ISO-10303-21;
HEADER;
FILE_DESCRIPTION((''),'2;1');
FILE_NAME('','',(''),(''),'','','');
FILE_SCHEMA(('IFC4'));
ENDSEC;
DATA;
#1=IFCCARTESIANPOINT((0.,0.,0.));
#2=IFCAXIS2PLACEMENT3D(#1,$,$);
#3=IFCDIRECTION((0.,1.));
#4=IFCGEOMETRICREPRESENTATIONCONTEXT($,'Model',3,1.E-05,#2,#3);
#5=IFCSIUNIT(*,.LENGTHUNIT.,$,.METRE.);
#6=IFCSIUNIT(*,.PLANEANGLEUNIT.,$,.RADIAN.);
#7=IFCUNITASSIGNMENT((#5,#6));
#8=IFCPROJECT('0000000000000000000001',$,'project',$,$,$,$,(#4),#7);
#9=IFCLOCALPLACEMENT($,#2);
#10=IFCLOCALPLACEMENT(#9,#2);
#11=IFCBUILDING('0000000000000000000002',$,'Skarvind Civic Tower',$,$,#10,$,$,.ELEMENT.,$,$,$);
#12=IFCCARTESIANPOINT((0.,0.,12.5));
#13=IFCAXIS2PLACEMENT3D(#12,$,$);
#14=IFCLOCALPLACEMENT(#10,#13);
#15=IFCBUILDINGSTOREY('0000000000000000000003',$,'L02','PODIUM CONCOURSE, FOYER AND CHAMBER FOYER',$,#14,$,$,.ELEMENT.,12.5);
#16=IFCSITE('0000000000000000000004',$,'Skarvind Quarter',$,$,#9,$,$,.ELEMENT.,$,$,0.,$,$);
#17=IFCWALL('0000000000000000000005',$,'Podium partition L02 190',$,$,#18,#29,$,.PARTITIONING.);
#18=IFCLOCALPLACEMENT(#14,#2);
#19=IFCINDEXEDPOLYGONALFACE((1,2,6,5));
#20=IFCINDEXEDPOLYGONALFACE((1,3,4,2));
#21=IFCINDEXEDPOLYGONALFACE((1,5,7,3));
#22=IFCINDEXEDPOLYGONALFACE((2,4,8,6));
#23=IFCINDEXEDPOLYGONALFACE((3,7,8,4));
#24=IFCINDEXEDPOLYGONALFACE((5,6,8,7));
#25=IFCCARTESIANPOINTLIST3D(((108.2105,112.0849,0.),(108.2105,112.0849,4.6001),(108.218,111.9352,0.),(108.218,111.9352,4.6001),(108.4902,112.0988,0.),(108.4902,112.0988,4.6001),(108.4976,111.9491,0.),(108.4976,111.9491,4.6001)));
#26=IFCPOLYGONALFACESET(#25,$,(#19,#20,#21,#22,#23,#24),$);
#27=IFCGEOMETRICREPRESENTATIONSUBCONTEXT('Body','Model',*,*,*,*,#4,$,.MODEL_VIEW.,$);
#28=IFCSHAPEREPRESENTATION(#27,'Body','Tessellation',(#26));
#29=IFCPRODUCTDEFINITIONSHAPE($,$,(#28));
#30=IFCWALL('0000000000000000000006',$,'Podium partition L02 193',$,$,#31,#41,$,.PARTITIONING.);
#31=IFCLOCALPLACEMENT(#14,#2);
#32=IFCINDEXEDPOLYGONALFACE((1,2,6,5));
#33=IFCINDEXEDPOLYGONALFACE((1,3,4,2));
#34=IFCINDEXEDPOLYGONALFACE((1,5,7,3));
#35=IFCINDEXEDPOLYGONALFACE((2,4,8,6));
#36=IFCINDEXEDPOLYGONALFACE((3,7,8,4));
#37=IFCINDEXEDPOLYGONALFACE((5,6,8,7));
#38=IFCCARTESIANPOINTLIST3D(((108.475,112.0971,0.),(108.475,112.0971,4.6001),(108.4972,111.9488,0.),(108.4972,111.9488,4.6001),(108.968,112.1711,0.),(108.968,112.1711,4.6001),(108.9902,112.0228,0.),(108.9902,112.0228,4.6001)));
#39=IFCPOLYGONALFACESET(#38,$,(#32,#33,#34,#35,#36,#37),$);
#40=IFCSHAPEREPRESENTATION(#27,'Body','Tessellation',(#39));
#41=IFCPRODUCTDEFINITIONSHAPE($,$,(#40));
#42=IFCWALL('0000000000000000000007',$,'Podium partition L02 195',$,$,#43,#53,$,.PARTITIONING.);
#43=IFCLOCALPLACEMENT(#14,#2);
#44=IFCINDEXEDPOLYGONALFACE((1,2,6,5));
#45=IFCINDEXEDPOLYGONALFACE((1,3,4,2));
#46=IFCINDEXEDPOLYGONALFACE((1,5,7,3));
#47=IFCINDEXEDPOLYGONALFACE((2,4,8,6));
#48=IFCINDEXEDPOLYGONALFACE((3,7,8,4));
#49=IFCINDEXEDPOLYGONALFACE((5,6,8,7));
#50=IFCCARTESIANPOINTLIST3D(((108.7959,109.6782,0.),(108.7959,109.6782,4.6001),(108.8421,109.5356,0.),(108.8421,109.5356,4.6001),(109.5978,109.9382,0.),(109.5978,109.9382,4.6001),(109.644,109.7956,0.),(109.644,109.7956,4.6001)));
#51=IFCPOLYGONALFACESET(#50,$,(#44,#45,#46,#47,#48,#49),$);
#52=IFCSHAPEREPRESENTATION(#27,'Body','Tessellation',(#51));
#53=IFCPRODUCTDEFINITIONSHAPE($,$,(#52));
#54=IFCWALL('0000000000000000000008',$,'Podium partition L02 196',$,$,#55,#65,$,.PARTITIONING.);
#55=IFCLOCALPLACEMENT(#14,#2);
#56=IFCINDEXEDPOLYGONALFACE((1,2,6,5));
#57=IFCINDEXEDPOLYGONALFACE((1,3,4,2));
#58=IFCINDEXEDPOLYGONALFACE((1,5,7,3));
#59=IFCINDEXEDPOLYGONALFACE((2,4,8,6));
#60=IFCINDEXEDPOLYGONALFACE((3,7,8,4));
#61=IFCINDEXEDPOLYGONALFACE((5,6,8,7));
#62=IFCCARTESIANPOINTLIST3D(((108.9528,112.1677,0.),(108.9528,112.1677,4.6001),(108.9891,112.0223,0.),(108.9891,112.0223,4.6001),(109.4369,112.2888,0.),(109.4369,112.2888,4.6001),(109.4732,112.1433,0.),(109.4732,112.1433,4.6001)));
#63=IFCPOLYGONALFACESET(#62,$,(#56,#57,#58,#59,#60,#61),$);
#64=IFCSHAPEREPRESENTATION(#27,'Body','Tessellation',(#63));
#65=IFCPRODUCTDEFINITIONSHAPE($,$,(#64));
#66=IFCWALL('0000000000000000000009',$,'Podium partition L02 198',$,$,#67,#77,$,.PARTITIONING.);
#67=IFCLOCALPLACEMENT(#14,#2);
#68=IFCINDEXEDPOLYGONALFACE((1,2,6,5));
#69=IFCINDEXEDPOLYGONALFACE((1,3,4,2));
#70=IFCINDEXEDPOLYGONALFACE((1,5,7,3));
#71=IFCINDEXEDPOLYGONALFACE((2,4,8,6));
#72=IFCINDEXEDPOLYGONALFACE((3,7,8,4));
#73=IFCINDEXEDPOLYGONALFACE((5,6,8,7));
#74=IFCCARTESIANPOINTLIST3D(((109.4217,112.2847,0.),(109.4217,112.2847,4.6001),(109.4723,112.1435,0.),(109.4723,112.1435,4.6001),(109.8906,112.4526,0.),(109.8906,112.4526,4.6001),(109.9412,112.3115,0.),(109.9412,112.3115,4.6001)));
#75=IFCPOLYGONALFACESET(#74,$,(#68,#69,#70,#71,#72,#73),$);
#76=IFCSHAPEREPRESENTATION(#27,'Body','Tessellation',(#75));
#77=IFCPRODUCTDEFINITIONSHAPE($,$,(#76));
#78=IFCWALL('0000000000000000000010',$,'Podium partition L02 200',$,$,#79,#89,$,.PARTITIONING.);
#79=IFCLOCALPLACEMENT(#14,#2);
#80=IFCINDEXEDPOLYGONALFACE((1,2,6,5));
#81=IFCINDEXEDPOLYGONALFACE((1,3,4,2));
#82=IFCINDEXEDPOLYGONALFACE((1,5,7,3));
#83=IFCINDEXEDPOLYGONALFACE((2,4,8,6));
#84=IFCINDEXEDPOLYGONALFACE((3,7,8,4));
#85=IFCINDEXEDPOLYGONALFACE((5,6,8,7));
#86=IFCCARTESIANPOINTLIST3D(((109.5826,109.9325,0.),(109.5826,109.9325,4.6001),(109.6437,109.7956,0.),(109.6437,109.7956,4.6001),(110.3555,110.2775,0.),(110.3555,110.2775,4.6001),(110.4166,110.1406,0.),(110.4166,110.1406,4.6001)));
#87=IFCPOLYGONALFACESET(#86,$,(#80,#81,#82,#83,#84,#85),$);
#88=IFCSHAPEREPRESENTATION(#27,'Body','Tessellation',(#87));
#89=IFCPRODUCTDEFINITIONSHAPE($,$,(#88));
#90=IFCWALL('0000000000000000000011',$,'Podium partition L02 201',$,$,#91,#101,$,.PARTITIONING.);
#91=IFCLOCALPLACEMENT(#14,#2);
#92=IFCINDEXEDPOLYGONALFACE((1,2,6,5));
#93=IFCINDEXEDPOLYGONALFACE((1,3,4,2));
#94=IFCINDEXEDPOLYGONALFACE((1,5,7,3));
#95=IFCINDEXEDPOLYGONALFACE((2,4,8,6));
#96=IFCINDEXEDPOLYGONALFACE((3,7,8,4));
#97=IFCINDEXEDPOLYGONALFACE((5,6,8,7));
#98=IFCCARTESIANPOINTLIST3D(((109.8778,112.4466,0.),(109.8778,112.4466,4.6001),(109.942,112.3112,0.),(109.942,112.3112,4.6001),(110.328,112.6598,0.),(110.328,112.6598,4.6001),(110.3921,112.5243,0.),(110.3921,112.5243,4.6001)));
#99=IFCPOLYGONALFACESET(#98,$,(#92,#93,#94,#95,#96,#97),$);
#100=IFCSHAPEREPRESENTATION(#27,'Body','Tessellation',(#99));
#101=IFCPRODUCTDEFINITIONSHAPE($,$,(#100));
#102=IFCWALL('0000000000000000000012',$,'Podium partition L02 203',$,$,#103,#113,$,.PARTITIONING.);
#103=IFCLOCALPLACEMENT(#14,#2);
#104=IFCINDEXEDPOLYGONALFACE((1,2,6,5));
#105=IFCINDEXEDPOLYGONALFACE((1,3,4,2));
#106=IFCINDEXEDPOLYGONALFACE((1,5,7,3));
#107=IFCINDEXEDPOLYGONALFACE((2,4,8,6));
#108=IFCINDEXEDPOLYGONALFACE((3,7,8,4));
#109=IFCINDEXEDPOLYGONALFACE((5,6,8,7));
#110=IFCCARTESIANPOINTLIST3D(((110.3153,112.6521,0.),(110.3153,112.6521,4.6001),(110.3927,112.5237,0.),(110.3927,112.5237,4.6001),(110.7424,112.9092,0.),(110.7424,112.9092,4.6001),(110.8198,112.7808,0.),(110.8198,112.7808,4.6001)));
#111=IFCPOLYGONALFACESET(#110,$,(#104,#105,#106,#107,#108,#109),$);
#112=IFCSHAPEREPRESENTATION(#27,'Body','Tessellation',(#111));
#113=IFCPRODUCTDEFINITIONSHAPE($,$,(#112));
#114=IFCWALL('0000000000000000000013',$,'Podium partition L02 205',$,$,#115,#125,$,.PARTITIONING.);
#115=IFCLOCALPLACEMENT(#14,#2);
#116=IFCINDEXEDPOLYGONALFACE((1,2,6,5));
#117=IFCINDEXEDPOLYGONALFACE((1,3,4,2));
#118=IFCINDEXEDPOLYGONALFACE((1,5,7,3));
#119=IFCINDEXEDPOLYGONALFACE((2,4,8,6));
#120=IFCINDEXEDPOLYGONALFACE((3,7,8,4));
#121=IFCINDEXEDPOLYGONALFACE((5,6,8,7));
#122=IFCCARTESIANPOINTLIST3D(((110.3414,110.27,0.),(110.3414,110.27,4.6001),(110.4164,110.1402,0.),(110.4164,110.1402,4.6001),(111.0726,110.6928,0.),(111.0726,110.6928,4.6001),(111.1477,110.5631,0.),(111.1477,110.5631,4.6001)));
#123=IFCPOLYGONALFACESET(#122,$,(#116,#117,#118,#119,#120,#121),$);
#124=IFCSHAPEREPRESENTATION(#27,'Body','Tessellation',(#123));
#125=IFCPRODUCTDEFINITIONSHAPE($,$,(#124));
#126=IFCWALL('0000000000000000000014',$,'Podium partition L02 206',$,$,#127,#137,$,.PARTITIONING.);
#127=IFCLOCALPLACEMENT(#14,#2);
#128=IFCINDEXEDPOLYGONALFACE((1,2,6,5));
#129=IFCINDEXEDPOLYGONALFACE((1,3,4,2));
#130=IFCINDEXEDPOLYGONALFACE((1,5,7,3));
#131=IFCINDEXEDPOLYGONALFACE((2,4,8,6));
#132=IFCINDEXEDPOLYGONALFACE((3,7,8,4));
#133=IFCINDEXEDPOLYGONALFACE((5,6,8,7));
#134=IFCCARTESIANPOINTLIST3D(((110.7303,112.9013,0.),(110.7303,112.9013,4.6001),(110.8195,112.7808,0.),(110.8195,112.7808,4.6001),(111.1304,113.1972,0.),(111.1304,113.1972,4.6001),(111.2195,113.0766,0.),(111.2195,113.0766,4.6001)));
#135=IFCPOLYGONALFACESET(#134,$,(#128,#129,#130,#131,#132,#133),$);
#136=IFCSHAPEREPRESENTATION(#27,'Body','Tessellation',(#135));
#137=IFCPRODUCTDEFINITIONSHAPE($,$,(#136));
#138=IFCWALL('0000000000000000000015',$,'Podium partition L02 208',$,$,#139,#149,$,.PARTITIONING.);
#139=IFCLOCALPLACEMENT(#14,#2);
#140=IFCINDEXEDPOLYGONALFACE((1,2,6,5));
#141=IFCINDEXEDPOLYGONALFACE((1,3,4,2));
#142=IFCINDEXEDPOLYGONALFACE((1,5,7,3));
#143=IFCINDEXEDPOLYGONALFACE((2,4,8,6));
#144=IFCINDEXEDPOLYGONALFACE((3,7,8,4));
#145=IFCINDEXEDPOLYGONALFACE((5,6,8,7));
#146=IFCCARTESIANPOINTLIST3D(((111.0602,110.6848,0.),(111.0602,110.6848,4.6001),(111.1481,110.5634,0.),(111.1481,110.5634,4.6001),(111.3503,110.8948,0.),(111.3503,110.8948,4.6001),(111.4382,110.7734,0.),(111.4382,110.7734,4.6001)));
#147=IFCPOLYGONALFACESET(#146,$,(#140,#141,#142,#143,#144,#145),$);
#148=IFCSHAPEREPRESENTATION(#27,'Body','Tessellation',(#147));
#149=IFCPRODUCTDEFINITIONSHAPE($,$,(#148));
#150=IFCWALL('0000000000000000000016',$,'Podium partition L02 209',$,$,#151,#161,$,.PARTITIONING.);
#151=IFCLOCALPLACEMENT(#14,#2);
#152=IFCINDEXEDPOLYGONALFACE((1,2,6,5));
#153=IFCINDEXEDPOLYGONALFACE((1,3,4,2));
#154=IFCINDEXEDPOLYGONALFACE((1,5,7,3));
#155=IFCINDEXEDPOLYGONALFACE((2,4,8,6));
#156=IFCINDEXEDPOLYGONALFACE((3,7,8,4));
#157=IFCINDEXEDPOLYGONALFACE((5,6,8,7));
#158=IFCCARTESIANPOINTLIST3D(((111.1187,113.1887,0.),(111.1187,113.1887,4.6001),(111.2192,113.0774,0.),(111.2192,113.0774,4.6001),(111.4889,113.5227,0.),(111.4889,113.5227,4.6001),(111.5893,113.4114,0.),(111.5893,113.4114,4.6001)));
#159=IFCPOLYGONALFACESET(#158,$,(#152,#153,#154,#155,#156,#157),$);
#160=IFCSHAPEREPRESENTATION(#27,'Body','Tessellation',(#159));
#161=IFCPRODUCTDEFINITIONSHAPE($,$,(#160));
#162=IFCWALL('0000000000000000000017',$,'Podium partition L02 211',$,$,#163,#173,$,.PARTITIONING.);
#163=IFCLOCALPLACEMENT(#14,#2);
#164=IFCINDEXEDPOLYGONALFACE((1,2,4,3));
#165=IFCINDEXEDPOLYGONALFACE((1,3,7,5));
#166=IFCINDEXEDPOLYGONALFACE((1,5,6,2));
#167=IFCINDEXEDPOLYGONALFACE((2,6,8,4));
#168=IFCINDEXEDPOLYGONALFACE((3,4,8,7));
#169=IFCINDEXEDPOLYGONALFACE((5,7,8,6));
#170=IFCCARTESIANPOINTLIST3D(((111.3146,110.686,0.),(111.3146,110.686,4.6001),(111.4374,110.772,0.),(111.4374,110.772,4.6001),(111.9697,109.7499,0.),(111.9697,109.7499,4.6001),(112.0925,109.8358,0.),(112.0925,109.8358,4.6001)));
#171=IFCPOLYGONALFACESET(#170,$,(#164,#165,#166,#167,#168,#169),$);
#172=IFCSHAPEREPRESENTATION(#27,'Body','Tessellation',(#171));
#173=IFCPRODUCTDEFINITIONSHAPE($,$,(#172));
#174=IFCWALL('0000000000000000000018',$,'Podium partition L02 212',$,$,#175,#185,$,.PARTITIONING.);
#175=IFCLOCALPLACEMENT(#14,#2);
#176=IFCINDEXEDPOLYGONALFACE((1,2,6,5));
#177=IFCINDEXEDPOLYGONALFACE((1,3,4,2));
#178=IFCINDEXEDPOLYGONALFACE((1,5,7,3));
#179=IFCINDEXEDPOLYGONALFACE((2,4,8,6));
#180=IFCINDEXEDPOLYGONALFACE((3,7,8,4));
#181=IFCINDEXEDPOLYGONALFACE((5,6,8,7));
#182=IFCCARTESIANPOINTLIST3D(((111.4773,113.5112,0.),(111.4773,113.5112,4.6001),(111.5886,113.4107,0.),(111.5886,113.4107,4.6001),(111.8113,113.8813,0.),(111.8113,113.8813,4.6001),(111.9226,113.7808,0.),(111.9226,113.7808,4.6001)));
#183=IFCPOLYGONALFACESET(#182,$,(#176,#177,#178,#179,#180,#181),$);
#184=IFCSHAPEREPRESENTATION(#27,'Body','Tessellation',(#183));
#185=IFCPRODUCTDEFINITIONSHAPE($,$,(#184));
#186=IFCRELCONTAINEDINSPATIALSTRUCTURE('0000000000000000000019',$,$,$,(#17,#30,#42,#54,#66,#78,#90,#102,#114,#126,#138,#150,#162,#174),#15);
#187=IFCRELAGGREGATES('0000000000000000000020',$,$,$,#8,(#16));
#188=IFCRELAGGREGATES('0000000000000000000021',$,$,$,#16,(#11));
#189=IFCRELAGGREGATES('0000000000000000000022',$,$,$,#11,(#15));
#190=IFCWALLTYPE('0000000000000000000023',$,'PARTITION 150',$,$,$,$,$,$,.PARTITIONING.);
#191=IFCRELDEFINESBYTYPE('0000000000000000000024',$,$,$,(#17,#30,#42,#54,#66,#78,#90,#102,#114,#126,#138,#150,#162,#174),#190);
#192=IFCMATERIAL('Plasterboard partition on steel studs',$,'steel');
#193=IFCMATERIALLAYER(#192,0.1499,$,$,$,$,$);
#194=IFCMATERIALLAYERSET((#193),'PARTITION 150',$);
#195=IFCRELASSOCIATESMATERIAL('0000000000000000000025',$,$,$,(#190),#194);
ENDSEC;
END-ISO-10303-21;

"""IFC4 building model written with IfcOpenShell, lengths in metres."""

from ifc_helpers import new_model, si_unit, direction, frame, frame_2d, origin, place, context, subcontext, project, spatial, rectangle, extrude, material, layer, layer_set, type_object, element, save


model = new_model("IFC4")

# Units and contexts
model_context = context("Model", 3, precision=1e-05, world=origin(), true_north=direction((0.0, 1.0)))
body_context = subcontext(model_context, "Body", "Model", "MODEL_VIEW")
ifc_project = project(units=[si_unit("LENGTHUNIT", "METRE"), si_unit("PLANEANGLEUNIT", "RADIAN")], contexts=[model_context])

# Site, building, storey
site_placement = place(None, origin())
site = spatial("IfcSite", under=ifc_project, at=site_placement, Name="Skarvind Quarter", CompositionType="ELEMENT", RefElevation=0.0)
building_placement = place(site_placement, origin())
building = spatial("IfcBuilding", under=site, at=building_placement, Name="Skarvind Civic Tower", CompositionType="ELEMENT")
storey_placement = place(building_placement, frame((0.0, 0.0, 12.5)))
storey = spatial("IfcBuildingStorey", under=building, at=storey_placement, Name="L02", Description="PODIUM CONCOURSE, FOYER AND CHAMBER FOYER", CompositionType="ELEMENT", Elevation=12.5)

# Shared definitions
ifc_material_1 = material(Name="Plasterboard partition on steel studs", Category="steel")
ifc_layer = layer(ifc_material_1, 0.1499)
ifc_layer_set = layer_set([ifc_layer], Name="PARTITION 150")
wall_type = type_object("IfcWallType", Name="PARTITION 150", PredefinedType="PARTITIONING", material=ifc_layer_set)

# Walls
wall_1_placement = place(storey_placement, frame((108.2141, 112.01, 0.0), z_axis=(0.0, 0.0, 1.0), x_axis=(0.998765, 0.049677, 0.0)))
element("IfcWall", 1, at=wall_1_placement, inside=storey, type_object=wall_type, Name="Podium partition L02 190", PredefinedType="PARTITIONING", context=body_context, shape_type="SweptSolid", body=[
    extrude(rectangle(XDim=0.28, YDim=0.1499, at=frame_2d((0.1401, 0.0))), origin(), (0.0, 0.0, 1.0), 4.6001),
])
wall_2_placement = place(storey_placement, frame((108.4861, 112.0229, 0.0), z_axis=(0.0, 0.0, 1.0), x_axis=(0.988926, 0.148412, 0.0)))
element("IfcWall", 2, at=wall_2_placement, inside=storey, type_object=wall_type, Name="Podium partition L02 193", PredefinedType="PARTITIONING", context=body_context, shape_type="SweptSolid", body=[
    extrude(rectangle(XDim=0.4985, YDim=0.1499, at=frame_2d((0.2493, 0.0))), origin(), (0.0, 0.0, 1.0), 4.6001),
])
wall_3_placement = place(storey_placement, frame((108.8191, 109.6069, 0.0), z_axis=(0.0, 0.0, 1.0), x_axis=(0.951257, 0.308398, 0.0)))
element("IfcWall", 3, at=wall_3_placement, inside=storey, type_object=wall_type, Name="Podium partition L02 195", PredefinedType="PARTITIONING", context=body_context, shape_type="SweptSolid", body=[
    extrude(rectangle(XDim=0.843, YDim=0.1499, at=frame_2d((0.4214, 0.0))), origin(), (0.0, 0.0, 1.0), 4.6001),
])
wall_4_placement = place(storey_placement, frame((108.9709, 112.095, 0.0), z_axis=(0.0, 0.0, 1.0), x_axis=(0.970114, 0.242651, 0.0)))
element("IfcWall", 4, at=wall_4_placement, inside=storey, type_object=wall_type, Name="Podium partition L02 196", PredefinedType="PARTITIONING", context=body_context, shape_type="SweptSolid", body=[
    extrude(rectangle(XDim=0.499, YDim=0.1499, at=frame_2d((0.2495, 0.0))), origin(), (0.0, 0.0, 1.0), 4.6001),
])
wall_5_placement = place(storey_placement, frame((109.447, 112.2141, 0.0), z_axis=(0.0, 0.0, 1.0), x_axis=(0.941442, 0.337174, 0.0)))
element("IfcWall", 5, at=wall_5_placement, inside=storey, type_object=wall_type, Name="Podium partition L02 198", PredefinedType="PARTITIONING", context=body_context, shape_type="SweptSolid", body=[
    extrude(rectangle(XDim=0.498, YDim=0.1499, at=frame_2d((0.249, 0.0))), origin(), (0.0, 0.0, 1.0), 4.6001),
])
wall_6_placement = place(storey_placement, frame((109.613, 109.864, 0.0), z_axis=(0.0, 0.0, 1.0), x_axis=(0.91318, 0.407556, 0.0)))
element("IfcWall", 6, at=wall_6_placement, inside=storey, type_object=wall_type, Name="Podium partition L02 200", PredefinedType="PARTITIONING", context=body_context, shape_type="SweptSolid", body=[
    extrude(rectangle(XDim=0.8464, YDim=0.1499, at=frame_2d((0.4233, 0.0))), origin(), (0.0, 0.0, 1.0), 4.6001),
])
wall_7_placement = place(storey_placement, frame((109.9099, 112.3789, 0.0), z_axis=(0.0, 0.0, 1.0), x_axis=(0.903828, 0.427897, 0.0)))
element("IfcWall", 7, at=wall_7_placement, inside=storey, type_object=wall_type, Name="Podium partition L02 201", PredefinedType="PARTITIONING", context=body_context, shape_type="SweptSolid", body=[
    extrude(rectangle(XDim=0.498, YDim=0.1499, at=frame_2d((0.249, 0.0))), origin(), (0.0, 0.0, 1.0), 4.6001),
])
wall_8_placement = place(storey_placement, frame((110.354, 112.5879, 0.0), z_axis=(0.0, 0.0, 1.0), x_axis=(0.856714, 0.515792, 0.0)))
element("IfcWall", 8, at=wall_8_placement, inside=storey, type_object=wall_type, Name="Podium partition L02 203", PredefinedType="PARTITIONING", context=body_context, shape_type="SweptSolid", body=[
    extrude(rectangle(XDim=0.4985, YDim=0.1499, at=frame_2d((0.2493, 0.0))), origin(), (0.0, 0.0, 1.0), 4.6001),
])
wall_9_placement = place(storey_placement, frame((110.3789, 110.2051, 0.0), z_axis=(0.0, 0.0, 1.0), x_axis=(0.86567, 0.500615, 0.0)))
element("IfcWall", 9, at=wall_9_placement, inside=storey, type_object=wall_type, Name="Podium partition L02 205", PredefinedType="PARTITIONING", context=body_context, shape_type="SweptSolid", body=[
    extrude(rectangle(XDim=0.8447, YDim=0.1499, at=frame_2d((0.4224, 0.0))), origin(), (0.0, 0.0, 1.0), 4.6001),
])
wall_10_placement = place(storey_placement, frame((110.7749, 112.8411, 0.0), z_axis=(0.0, 0.0, 1.0), x_axis=(0.804044, 0.59457, 0.0)))
element("IfcWall", 10, at=wall_10_placement, inside=storey, type_object=wall_type, Name="Podium partition L02 206", PredefinedType="PARTITIONING", context=body_context, shape_type="SweptSolid", body=[
    extrude(rectangle(XDim=0.4976, YDim=0.1499, at=frame_2d((0.2488, 0.0))), origin(), (0.0, 0.0, 1.0), 4.6001),
])
wall_11_placement = place(storey_placement, frame((111.104, 110.624, 0.0), z_axis=(0.0, 0.0, 1.0), x_axis=(0.810031, 0.586386, 0.0)))
element("IfcWall", 11, at=wall_11_placement, inside=storey, type_object=wall_type, Name="Podium partition L02 208", PredefinedType="PARTITIONING", context=body_context, shape_type="SweptSolid", body=[
    extrude(rectangle(XDim=0.3582, YDim=0.1499, at=frame_2d((0.1792, 0.0))), origin(), (0.0, 0.0, 1.0), 4.6001),
])
wall_12_placement = place(storey_placement, frame((111.1689, 113.1331, 0.0), z_axis=(0.0, 0.0, 1.0), x_axis=(0.742417, 0.669938, 0.0)))
element("IfcWall", 12, at=wall_12_placement, inside=storey, type_object=wall_type, Name="Podium partition L02 209", PredefinedType="PARTITIONING", context=body_context, shape_type="SweptSolid", body=[
    extrude(rectangle(XDim=0.4985, YDim=0.1499, at=frame_2d((0.2493, 0.0))), origin(), (0.0, 0.0, 1.0), 4.6001),
])
wall_13_placement = place(storey_placement, frame((111.376, 110.729, 0.0), z_axis=(0.0, 0.0, 1.0), x_axis=(0.573348, -0.819312, 0.0)))
element("IfcWall", 13, at=wall_13_placement, inside=storey, type_object=wall_type, Name="Podium partition L02 211", PredefinedType="PARTITIONING", context=body_context, shape_type="SweptSolid", body=[
    extrude(rectangle(XDim=1.1426, YDim=0.1499, at=frame_2d((0.5713, 0.0))), origin(), (0.0, 0.0, 1.0), 4.6001),
])
wall_14_placement = place(storey_placement, frame((111.533, 113.4609, 0.0), z_axis=(0.0, 0.0, 1.0), x_axis=(0.669938, 0.742417, 0.0)))
element("IfcWall", 14, at=wall_14_placement, inside=storey, type_object=wall_type, Name="Podium partition L02 212", PredefinedType="PARTITIONING", context=body_context, shape_type="SweptSolid", body=[
    extrude(rectangle(XDim=0.4985, YDim=0.1499, at=frame_2d((0.2493, 0.0))), origin(), (0.0, 0.0, 1.0), 4.6001),
])

save(model, "model.ifc")
